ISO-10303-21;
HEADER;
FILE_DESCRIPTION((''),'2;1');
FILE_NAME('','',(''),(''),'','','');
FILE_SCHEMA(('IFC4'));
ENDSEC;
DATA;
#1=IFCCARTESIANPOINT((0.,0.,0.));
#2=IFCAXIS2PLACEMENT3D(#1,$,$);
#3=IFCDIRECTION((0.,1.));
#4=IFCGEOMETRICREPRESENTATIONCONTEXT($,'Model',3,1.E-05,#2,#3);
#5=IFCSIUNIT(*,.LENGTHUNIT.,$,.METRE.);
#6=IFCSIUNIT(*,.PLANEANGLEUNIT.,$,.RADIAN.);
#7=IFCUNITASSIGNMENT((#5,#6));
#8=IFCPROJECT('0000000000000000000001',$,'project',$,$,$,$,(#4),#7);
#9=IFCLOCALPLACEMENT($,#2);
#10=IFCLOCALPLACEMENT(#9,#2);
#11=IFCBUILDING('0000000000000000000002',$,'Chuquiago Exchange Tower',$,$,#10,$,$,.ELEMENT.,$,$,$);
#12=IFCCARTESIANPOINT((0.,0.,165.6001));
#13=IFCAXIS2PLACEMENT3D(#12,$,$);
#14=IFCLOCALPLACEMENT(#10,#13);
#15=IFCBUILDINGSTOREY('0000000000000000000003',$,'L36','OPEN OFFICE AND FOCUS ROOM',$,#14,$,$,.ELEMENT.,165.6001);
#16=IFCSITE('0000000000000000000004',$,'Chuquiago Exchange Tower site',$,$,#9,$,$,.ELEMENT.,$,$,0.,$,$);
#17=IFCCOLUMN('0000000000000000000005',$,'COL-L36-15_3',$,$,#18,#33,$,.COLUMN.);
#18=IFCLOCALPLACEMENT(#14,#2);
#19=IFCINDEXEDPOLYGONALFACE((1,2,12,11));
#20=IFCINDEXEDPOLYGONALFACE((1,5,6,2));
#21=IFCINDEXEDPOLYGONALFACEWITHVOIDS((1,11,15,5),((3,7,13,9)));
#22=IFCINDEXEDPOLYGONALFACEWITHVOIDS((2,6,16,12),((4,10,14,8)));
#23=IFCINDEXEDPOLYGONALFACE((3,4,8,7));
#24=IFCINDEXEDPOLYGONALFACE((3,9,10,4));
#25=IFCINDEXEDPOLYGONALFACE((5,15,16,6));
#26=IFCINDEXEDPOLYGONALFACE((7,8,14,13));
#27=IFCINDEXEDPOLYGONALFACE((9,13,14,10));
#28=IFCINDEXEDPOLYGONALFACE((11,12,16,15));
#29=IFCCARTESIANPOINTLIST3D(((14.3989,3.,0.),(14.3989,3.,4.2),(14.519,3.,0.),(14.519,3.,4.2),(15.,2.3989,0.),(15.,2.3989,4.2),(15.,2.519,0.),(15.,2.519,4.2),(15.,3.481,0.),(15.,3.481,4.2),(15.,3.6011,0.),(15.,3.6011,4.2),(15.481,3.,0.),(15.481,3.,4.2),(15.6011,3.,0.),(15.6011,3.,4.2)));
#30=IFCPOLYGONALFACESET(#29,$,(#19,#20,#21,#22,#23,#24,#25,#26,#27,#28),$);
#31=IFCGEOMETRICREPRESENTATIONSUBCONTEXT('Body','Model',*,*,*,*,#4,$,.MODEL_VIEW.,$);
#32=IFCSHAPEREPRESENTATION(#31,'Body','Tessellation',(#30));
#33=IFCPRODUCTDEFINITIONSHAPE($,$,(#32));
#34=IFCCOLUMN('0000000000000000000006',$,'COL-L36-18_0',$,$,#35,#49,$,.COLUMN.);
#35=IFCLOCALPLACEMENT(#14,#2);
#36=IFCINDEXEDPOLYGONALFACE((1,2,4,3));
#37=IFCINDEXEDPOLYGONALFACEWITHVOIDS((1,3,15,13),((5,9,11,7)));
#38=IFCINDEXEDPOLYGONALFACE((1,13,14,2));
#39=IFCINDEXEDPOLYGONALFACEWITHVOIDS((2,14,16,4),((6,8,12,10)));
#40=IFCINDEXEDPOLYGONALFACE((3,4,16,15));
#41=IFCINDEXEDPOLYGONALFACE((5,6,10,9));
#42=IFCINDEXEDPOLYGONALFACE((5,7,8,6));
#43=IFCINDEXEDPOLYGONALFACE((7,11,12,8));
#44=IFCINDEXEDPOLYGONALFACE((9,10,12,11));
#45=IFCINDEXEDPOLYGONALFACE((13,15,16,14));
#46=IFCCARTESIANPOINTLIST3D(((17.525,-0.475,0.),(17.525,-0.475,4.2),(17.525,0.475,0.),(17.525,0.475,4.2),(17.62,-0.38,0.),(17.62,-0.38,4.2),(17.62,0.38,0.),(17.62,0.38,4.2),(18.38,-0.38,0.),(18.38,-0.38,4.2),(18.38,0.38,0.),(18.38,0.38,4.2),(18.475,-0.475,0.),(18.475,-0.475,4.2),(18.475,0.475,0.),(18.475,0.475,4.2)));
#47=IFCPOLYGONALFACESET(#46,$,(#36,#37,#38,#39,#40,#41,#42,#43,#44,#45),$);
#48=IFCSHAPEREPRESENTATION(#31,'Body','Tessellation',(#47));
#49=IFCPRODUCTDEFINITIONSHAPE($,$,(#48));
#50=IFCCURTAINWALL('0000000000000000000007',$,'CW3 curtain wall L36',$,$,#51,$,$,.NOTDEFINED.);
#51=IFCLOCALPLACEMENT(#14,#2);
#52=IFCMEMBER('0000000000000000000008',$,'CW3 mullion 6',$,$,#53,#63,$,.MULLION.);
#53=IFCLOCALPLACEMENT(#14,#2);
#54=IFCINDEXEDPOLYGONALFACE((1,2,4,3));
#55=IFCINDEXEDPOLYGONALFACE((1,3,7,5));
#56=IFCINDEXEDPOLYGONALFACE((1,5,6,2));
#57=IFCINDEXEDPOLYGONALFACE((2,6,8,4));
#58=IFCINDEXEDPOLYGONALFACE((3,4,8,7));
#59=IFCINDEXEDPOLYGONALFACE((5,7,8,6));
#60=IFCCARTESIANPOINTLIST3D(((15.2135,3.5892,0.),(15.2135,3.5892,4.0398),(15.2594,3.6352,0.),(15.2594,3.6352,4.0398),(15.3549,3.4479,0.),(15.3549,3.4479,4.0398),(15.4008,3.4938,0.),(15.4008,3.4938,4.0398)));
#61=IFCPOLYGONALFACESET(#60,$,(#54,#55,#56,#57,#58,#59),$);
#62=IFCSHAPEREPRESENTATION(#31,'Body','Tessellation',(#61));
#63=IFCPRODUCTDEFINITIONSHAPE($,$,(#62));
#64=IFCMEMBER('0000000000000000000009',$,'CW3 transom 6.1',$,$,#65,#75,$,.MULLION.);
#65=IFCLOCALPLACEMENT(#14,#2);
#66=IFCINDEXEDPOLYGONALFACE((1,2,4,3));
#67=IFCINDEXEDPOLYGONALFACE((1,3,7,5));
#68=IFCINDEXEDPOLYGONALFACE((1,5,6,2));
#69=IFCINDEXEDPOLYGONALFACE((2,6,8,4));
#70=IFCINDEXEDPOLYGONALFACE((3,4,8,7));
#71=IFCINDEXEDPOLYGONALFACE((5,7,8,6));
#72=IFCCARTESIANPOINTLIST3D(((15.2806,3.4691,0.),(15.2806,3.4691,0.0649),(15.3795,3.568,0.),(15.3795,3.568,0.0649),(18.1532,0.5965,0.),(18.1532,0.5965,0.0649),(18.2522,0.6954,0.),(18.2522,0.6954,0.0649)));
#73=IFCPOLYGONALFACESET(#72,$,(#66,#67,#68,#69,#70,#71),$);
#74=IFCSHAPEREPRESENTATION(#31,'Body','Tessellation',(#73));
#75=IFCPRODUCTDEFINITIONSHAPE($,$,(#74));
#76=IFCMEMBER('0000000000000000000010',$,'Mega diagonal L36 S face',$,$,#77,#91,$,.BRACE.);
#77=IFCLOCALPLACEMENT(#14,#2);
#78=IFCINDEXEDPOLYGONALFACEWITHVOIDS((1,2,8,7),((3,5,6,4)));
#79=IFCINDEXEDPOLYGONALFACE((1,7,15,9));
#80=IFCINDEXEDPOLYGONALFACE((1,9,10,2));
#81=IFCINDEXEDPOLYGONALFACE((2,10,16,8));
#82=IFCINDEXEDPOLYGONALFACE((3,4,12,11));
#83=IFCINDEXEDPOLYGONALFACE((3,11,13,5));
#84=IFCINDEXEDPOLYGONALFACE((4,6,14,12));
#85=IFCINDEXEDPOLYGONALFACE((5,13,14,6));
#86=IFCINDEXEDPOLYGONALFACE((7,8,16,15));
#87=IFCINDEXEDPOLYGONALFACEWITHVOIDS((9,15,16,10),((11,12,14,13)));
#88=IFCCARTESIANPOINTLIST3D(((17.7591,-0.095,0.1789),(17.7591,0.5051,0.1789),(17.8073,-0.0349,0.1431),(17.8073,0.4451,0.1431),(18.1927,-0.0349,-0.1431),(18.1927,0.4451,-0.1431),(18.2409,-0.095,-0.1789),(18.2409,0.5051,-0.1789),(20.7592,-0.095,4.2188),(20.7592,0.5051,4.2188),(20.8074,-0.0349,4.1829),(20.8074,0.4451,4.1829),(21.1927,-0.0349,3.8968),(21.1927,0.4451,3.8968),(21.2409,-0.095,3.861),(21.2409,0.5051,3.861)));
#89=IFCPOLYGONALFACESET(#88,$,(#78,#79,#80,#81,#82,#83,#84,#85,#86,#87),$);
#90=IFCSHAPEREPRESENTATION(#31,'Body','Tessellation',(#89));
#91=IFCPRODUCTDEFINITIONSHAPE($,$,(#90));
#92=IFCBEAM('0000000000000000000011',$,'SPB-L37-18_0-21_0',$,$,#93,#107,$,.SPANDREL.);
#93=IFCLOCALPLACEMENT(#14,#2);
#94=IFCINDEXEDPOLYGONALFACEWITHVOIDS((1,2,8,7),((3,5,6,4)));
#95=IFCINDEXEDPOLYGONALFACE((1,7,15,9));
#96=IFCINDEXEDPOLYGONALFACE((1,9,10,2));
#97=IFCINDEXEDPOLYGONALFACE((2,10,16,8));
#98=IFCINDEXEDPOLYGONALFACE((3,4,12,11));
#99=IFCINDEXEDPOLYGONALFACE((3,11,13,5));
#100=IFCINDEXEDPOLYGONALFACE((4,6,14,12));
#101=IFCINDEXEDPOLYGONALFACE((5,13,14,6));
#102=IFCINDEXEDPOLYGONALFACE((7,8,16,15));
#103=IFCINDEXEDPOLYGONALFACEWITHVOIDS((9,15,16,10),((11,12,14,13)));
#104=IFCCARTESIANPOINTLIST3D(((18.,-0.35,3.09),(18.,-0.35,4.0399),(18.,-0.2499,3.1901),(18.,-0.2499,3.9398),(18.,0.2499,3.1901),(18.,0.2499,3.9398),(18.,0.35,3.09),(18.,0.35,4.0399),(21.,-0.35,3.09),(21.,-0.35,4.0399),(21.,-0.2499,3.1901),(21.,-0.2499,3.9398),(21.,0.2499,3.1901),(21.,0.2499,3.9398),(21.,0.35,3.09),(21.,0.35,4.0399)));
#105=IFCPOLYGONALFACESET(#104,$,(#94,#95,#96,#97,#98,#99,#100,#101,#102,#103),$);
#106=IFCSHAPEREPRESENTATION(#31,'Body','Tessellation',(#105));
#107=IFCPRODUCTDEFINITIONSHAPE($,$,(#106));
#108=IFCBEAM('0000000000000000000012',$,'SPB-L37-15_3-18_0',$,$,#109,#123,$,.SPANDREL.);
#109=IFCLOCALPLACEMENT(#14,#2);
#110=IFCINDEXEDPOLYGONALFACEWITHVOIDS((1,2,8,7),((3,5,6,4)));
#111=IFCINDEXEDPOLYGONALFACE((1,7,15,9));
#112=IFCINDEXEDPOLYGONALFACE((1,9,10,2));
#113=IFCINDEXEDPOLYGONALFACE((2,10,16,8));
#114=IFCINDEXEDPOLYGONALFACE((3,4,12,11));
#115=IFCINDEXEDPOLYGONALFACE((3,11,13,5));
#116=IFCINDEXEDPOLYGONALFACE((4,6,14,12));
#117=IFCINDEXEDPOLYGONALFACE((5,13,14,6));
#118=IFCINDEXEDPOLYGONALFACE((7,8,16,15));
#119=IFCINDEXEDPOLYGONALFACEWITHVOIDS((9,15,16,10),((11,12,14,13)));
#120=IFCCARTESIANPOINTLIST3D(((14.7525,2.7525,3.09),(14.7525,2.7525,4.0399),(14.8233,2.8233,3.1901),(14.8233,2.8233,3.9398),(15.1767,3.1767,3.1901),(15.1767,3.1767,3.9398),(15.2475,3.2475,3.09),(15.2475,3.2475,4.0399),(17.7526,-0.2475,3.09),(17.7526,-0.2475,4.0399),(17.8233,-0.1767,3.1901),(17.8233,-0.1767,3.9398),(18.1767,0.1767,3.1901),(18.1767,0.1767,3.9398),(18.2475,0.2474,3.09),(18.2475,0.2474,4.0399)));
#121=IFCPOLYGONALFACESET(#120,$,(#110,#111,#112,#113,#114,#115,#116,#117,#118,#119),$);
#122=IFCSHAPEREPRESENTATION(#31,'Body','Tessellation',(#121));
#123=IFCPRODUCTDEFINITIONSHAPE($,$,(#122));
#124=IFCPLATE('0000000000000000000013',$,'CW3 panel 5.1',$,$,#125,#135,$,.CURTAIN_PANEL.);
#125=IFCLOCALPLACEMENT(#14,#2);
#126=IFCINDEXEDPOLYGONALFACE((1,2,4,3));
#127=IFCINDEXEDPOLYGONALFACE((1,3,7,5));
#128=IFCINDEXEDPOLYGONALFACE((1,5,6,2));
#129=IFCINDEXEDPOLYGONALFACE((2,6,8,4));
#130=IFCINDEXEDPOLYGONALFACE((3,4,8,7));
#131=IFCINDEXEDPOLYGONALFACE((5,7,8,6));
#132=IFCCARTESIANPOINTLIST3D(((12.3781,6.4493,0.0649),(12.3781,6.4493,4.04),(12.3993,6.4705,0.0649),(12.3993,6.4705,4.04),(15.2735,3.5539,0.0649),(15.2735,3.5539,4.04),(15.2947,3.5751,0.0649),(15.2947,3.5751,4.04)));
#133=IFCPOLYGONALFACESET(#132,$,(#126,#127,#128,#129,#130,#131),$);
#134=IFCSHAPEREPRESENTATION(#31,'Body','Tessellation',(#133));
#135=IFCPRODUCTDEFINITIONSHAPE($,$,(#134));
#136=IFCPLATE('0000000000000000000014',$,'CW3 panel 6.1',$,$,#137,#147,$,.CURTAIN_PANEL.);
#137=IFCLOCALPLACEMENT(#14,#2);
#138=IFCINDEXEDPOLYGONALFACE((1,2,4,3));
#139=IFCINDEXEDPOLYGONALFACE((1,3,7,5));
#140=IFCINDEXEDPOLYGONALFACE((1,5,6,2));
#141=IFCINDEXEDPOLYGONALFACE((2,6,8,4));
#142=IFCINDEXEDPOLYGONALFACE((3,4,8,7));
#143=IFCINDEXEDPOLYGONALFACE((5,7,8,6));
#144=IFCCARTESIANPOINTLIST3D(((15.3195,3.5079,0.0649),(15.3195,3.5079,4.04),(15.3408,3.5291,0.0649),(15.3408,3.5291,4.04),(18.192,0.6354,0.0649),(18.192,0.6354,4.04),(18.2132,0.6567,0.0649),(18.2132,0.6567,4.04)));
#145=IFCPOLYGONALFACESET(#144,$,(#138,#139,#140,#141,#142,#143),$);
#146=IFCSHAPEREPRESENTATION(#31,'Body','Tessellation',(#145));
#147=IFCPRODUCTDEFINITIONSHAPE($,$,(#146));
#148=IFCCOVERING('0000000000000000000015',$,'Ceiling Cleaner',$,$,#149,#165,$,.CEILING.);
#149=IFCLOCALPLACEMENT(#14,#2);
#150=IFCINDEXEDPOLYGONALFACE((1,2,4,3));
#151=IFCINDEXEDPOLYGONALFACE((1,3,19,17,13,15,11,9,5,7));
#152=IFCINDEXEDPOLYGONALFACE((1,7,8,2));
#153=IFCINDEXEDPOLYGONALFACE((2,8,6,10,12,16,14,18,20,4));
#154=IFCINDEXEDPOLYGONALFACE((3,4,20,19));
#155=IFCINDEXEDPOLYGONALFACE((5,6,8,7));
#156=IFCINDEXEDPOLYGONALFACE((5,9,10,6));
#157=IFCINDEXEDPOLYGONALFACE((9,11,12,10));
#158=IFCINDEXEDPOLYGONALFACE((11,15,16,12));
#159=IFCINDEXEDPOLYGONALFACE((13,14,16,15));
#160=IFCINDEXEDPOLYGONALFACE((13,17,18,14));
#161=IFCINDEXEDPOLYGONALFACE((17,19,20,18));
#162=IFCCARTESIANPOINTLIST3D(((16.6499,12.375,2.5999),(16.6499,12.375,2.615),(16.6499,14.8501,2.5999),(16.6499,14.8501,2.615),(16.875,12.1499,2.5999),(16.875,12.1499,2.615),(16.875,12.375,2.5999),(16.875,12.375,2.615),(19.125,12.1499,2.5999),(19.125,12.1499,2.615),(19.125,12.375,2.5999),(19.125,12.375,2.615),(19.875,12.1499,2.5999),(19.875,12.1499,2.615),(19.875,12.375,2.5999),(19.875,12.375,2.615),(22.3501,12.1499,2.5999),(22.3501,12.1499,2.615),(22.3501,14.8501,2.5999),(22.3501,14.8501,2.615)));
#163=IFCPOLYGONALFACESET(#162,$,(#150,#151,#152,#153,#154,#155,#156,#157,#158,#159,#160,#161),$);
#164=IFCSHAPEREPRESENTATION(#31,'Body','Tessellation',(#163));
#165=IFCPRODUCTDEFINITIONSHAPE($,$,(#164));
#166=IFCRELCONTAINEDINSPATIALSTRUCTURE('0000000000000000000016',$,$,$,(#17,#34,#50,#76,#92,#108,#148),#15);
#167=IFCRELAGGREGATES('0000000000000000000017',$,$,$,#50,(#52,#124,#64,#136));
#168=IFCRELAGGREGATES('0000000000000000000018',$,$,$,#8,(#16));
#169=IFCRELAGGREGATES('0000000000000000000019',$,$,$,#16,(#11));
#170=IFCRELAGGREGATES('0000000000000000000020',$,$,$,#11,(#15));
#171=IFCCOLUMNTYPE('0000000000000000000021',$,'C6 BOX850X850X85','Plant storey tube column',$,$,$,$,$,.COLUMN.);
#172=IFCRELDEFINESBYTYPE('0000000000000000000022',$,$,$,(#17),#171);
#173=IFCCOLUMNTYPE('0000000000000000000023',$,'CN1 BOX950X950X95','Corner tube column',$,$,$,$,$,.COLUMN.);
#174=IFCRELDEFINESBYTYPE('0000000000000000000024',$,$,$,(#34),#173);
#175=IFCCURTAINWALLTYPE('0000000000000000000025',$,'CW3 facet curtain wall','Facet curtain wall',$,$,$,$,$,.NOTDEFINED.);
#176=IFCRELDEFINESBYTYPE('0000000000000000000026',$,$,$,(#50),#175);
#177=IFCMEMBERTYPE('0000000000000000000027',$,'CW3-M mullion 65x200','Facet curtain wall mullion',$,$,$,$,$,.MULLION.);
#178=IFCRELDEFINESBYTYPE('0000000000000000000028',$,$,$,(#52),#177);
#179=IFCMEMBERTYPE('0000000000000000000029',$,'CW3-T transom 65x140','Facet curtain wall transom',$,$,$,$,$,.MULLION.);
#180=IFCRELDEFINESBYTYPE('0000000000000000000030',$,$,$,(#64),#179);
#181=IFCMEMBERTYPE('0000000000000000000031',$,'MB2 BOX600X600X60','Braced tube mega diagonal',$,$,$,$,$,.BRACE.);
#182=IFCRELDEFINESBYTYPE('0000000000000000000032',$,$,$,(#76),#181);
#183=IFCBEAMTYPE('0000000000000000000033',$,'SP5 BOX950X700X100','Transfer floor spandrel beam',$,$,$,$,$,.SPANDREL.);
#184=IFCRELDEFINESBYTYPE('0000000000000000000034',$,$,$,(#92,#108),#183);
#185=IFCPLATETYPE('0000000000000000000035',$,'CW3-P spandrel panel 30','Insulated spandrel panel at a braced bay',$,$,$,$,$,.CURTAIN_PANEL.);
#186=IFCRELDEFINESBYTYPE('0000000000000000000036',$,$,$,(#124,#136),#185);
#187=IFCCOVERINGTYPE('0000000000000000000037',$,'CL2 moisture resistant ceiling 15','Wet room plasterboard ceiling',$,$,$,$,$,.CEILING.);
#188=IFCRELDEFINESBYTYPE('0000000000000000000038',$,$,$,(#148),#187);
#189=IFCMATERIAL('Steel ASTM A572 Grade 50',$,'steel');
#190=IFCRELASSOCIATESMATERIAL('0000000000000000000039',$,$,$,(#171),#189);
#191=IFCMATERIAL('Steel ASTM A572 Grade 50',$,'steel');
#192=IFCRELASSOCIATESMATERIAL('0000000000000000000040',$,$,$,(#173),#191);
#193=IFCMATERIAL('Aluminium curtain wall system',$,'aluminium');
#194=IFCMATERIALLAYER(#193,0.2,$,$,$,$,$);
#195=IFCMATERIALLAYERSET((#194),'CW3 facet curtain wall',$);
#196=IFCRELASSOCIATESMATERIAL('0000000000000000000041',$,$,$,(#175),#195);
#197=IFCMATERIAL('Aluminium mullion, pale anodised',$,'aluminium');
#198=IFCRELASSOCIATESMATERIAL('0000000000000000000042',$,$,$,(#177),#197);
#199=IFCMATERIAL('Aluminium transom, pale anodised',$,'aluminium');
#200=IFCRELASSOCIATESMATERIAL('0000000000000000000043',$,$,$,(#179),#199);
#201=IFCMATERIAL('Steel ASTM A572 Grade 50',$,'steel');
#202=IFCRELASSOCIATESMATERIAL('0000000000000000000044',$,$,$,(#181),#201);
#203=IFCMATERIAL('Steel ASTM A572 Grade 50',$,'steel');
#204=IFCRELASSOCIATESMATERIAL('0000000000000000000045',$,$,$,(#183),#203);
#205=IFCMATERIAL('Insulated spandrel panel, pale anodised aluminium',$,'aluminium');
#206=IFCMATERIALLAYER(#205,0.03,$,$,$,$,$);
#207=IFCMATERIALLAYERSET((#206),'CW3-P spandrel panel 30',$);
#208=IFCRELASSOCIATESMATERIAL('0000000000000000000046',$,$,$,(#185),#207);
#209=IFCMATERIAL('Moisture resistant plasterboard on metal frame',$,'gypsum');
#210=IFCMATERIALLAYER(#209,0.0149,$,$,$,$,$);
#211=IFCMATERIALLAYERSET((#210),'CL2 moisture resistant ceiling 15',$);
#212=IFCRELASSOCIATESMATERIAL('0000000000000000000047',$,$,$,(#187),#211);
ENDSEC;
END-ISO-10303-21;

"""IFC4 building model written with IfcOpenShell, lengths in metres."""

from ifc_helpers import new_model, si_unit, direction, frame, origin, origin_2d, place, context, subcontext, project, spatial, polyline, rectangle, hollow_rectangle, outline, extrude, material, layer, layer_set, material_profile, profile_set, type_object, element, aggregate, save


model = new_model("IFC4")

# Units and contexts
model_context = context("Model", 3, precision=1e-05, world=origin(), true_north=direction((0.0, 1.0)))
body_context = subcontext(model_context, "Body", "Model", "MODEL_VIEW")
ifc_project = project(units=[si_unit("LENGTHUNIT", "METRE"), si_unit("PLANEANGLEUNIT", "RADIAN")], contexts=[model_context])

# Site, building, storey
site_placement = place(None, origin())
site = spatial("IfcSite", under=ifc_project, at=site_placement, Name="Chuquiago Exchange Tower site", CompositionType="ELEMENT", RefElevation=0.0)
building_placement = place(site_placement, origin())
building = spatial("IfcBuilding", under=site, at=building_placement, Name="Chuquiago Exchange Tower", CompositionType="ELEMENT")
storey_placement = place(building_placement, frame((0.0, 0.0, 165.6001)))
storey = spatial("IfcBuildingStorey", under=building, at=storey_placement, Name="L36", Description="OPEN OFFICE AND FOCUS ROOM", CompositionType="ELEMENT", Elevation=165.6001)

# Columns
ifc_material_1 = material(Name="Steel ASTM A572 Grade 50", Category="steel")
ifc_material_profile_1 = material_profile(ifc_material_1, hollow_rectangle(XDim=0.8501, YDim=0.8501, WallThickness=0.085, at=origin_2d()), Name="BOX850X850X85")
ifc_profile_set_1 = profile_set([ifc_material_profile_1], Name="Steel ASTM A572 Grade 50")
column_type_1 = type_object("IfcColumnType", Name="C6 BOX850X850X85", Description="Plant storey tube column", PredefinedType="COLUMN", material=ifc_profile_set_1)
column_1_placement = place(storey_placement, frame((15.0, 3.0, 0.0), z_axis=(0.0, 0.0, 1.0), x_axis=(-0.707107, -0.707107, 0.0)))
element("IfcColumn", 1, at=column_1_placement, inside=storey, type_object=column_type_1, Name="COL-L36-15_3", PredefinedType="COLUMN", context=body_context, shape_type="SweptSolid", body=[
    extrude(hollow_rectangle(XDim=0.8501, YDim=0.8501, WallThickness=0.085, at=origin_2d()), origin(), (0.0, 0.0, 1.0), 4.2),
])
ifc_material_2 = material(Name="Steel ASTM A572 Grade 50", Category="steel")
ifc_material_profile_2 = material_profile(ifc_material_2, hollow_rectangle(XDim=0.95, YDim=0.95, WallThickness=0.095, at=origin_2d()), Name="BOX950X950X95")
ifc_profile_set_2 = profile_set([ifc_material_profile_2], Name="Steel ASTM A572 Grade 50")
column_type_2 = type_object("IfcColumnType", Name="CN1 BOX950X950X95", Description="Corner tube column", PredefinedType="COLUMN", material=ifc_profile_set_2)
column_2_placement = place(storey_placement, frame((18.0, 0.0, 0.0), z_axis=(0.0, 0.0, 1.0), x_axis=(0.0, -1.0, 0.0)))
element("IfcColumn", 2, at=column_2_placement, inside=storey, type_object=column_type_2, Name="COL-L36-18_0", PredefinedType="COLUMN", context=body_context, shape_type="SweptSolid", body=[
    extrude(hollow_rectangle(XDim=0.95, YDim=0.95, WallThickness=0.095, at=origin_2d()), origin(), (0.0, 0.0, 1.0), 4.2),
])

# Curtain wall, members
ifc_material_3 = material(Name="Aluminium curtain wall system", Category="aluminium")
ifc_layer_1 = layer(ifc_material_3, 0.2)
ifc_layer_set_1 = layer_set([ifc_layer_1], Name="CW3 facet curtain wall")
curtain_wall_type = type_object("IfcCurtainWallType", Name="CW3 facet curtain wall", Description="Facet curtain wall", PredefinedType="NOTDEFINED", material=ifc_layer_set_1)
curtain_wall_placement = place(storey_placement, origin())
curtain_wall = element("IfcCurtainWall", 3, at=curtain_wall_placement, inside=storey, type_object=curtain_wall_type, Name="CW3 curtain wall L36", PredefinedType="NOTDEFINED")
ifc_material_4 = material(Name="Aluminium mullion, pale anodised", Category="aluminium")
ifc_material_profile_3 = material_profile(ifc_material_4, rectangle(XDim=0.0649, YDim=0.2, at=origin_2d()), Name="AL 65x200")
ifc_profile_set_3 = profile_set([ifc_material_profile_3], Name="Aluminium mullion, pale anodised")
member_type_1 = type_object("IfcMemberType", Name="CW3-M mullion 65x200", Description="Facet curtain wall mullion", PredefinedType="MULLION", material=ifc_profile_set_3)
member_1_placement = place(storey_placement, frame((15.3071, 3.5415, 0.0), z_axis=(0.0, 0.0, 1.0), x_axis=(0.707107, 0.707107, 0.0)))
member_1 = element("IfcMember", 4, at=member_1_placement, type_object=member_type_1, Name="CW3 mullion 6", PredefinedType="MULLION", context=body_context, shape_type="SweptSolid", body=[
    extrude(rectangle(XDim=0.0649, YDim=0.2, at=origin_2d()), origin(), (0.0, 0.0, 1.0), 4.0398),
])
ifc_material_5 = material(Name="Aluminium transom, pale anodised", Category="aluminium")
ifc_material_profile_4 = material_profile(ifc_material_5, rectangle(XDim=0.1399, YDim=0.0649, at=origin_2d()), Name="AL 140x65")
ifc_profile_set_4 = profile_set([ifc_material_profile_4], Name="Aluminium transom, pale anodised")
member_type_2 = type_object("IfcMemberType", Name="CW3-T transom 65x140", Description="Facet curtain wall transom", PredefinedType="MULLION", material=ifc_profile_set_4)
member_2_placement = place(storey_placement, frame((15.3301, 3.5186, 0.0325), z_axis=(0.707107, -0.707107, 0.0), x_axis=(0.707107, 0.707107, 0.0)))
member_2 = element("IfcMember", 5, at=member_2_placement, type_object=member_type_2, Name="CW3 transom 6.1", PredefinedType="MULLION", context=body_context, shape_type="SweptSolid", body=[
    extrude(rectangle(XDim=0.1399, YDim=0.0649, at=origin_2d()), origin(), (0.0, 0.0, 1.0), 4.0625),
])

# Member
ifc_material_6 = material(Name="Steel ASTM A572 Grade 50", Category="steel")
ifc_material_profile_5 = material_profile(ifc_material_6, hollow_rectangle(XDim=0.6001, YDim=0.6001, WallThickness=0.0601, at=origin_2d()), Name="BOX600X600X60")
ifc_profile_set_5 = profile_set([ifc_material_profile_5], Name="Steel ASTM A572 Grade 50")
member_type_3 = type_object("IfcMemberType", Name="MB2 BOX600X600X60", Description="Braced tube mega diagonal", PredefinedType="BRACE", material=ifc_profile_set_5)
member_3_placement = place(storey_placement, frame((18.0, 0.2051, 0.0), z_axis=(0.596197, 0.0, 0.802838), x_axis=(0.0, 1.0, 0.0)))
element("IfcMember", 6, at=member_3_placement, inside=storey, type_object=member_type_3, Name="Mega diagonal L36 S face", PredefinedType="BRACE", context=body_context, shape_type="SweptSolid", body=[
    extrude(hollow_rectangle(XDim=0.6001, YDim=0.6001, WallThickness=0.0601, at=origin_2d()), origin(), (0.0, 0.0, 1.0), 5.032),
])

# Beams
ifc_material_7 = material(Name="Steel ASTM A572 Grade 50", Category="steel")
ifc_material_profile_6 = material_profile(ifc_material_7, hollow_rectangle(XDim=0.7, YDim=0.95, WallThickness=0.1001, at=origin_2d()), Name="BOX950X700X100")
ifc_profile_set_6 = profile_set([ifc_material_profile_6], Name="Steel ASTM A572 Grade 50")
beam_type = type_object("IfcBeamType", Name="SP5 BOX950X700X100", Description="Transfer floor spandrel beam", PredefinedType="SPANDREL", material=ifc_profile_set_6)
beam_1_placement = place(storey_placement, frame((18.0, 0.0, 3.5649), z_axis=(1.0, 0.0, 0.0), x_axis=(0.0, 1.0, 0.0)))
element("IfcBeam", 7, at=beam_1_placement, inside=storey, type_object=beam_type, Name="SPB-L37-18_0-21_0", PredefinedType="SPANDREL", context=body_context, shape_type="SweptSolid", body=[
    extrude(hollow_rectangle(XDim=0.7, YDim=0.95, WallThickness=0.1001, at=origin_2d()), origin(), (0.0, 0.0, 1.0), 3.0),
])
beam_2_placement = place(storey_placement, frame((15.0, 3.0, 3.5649), z_axis=(0.707107, -0.707107, 0.0), x_axis=(0.707107, 0.707107, 0.0)))
element("IfcBeam", 8, at=beam_2_placement, inside=storey, type_object=beam_type, Name="SPB-L37-15_3-18_0", PredefinedType="SPANDREL", context=body_context, shape_type="SweptSolid", body=[
    extrude(hollow_rectangle(XDim=0.7, YDim=0.95, WallThickness=0.1001, at=origin_2d()), origin(), (0.0, 0.0, 1.0), 4.2427),
])

# Plates
ifc_material_8 = material(Name="Insulated spandrel panel, pale anodised aluminium", Category="aluminium")
ifc_layer_2 = layer(ifc_material_8, 0.03)
ifc_layer_set_2 = layer_set([ifc_layer_2], Name="CW3-P spandrel panel 30")
plate_type = type_object("IfcPlateType", Name="CW3-P spandrel panel 30", Description="Insulated spandrel panel at a braced bay", PredefinedType="CURTAIN_PANEL", material=ifc_layer_set_2)
plate_1_placement = place(storey_placement, frame((13.8364, 5.0122, 0.0649), z_axis=(0.0, 0.0, 1.0), x_axis=(0.707107, -0.707107, 0.0)))
plate_1 = element("IfcPlate", 9, at=plate_1_placement, type_object=plate_type, Name="CW3 panel 5.1", PredefinedType="CURTAIN_PANEL", context=body_context, shape_type="SweptSolid", body=[
    extrude(rectangle(XDim=4.0947, YDim=0.03, at=origin_2d()), origin(), (0.0, 0.0, 1.0), 3.9751),
])
plate_2_placement = place(storey_placement, frame((16.7664, 2.0823, 0.0649), z_axis=(0.0, 0.0, 1.0), x_axis=(0.707107, -0.707107, 0.0)))
plate_2 = element("IfcPlate", 10, at=plate_2_placement, type_object=plate_type, Name="CW3 panel 6.1", PredefinedType="CURTAIN_PANEL", context=body_context, shape_type="SweptSolid", body=[
    extrude(rectangle(XDim=4.0623, YDim=0.03, at=origin_2d()), origin(), (0.0, 0.0, 1.0), 3.9751),
])
aggregate(curtain_wall, [member_1, plate_1, member_2, plate_2])

# Covering
ifc_material_9 = material(Name="Moisture resistant plasterboard on metal frame", Category="gypsum")
ifc_layer_3 = layer(ifc_material_9, 0.0149)
ifc_layer_set_3 = layer_set([ifc_layer_3], Name="CL2 moisture resistant ceiling 15")
covering_type_1 = type_object("IfcCoveringType", Name="CL2 moisture resistant ceiling 15", Description="Wet room plasterboard ceiling", PredefinedType="CEILING", material=ifc_layer_set_3)
covering_1_placement = place(storey_placement, frame((0.0, 0.0, 2.5999)))
element("IfcCovering", 11, at=covering_1_placement, inside=storey, type_object=covering_type_1, Name="Ceiling Cleaner", PredefinedType="CEILING", context=body_context, shape_type="SweptSolid", body=[
    extrude(outline(polyline([(19.875, 12.1499), (19.875, 12.375), (19.125, 12.375), (19.125, 12.1499), (16.875, 12.1499), (16.875, 12.375), (16.6499, 12.375), (16.6499, 14.8501), (22.3501, 14.8501), (22.3501, 12.1499), (19.875, 12.1499)])), origin(), (0.0, 0.0, 1.0), 0.0151),
])

save(model, "model.ifc")
